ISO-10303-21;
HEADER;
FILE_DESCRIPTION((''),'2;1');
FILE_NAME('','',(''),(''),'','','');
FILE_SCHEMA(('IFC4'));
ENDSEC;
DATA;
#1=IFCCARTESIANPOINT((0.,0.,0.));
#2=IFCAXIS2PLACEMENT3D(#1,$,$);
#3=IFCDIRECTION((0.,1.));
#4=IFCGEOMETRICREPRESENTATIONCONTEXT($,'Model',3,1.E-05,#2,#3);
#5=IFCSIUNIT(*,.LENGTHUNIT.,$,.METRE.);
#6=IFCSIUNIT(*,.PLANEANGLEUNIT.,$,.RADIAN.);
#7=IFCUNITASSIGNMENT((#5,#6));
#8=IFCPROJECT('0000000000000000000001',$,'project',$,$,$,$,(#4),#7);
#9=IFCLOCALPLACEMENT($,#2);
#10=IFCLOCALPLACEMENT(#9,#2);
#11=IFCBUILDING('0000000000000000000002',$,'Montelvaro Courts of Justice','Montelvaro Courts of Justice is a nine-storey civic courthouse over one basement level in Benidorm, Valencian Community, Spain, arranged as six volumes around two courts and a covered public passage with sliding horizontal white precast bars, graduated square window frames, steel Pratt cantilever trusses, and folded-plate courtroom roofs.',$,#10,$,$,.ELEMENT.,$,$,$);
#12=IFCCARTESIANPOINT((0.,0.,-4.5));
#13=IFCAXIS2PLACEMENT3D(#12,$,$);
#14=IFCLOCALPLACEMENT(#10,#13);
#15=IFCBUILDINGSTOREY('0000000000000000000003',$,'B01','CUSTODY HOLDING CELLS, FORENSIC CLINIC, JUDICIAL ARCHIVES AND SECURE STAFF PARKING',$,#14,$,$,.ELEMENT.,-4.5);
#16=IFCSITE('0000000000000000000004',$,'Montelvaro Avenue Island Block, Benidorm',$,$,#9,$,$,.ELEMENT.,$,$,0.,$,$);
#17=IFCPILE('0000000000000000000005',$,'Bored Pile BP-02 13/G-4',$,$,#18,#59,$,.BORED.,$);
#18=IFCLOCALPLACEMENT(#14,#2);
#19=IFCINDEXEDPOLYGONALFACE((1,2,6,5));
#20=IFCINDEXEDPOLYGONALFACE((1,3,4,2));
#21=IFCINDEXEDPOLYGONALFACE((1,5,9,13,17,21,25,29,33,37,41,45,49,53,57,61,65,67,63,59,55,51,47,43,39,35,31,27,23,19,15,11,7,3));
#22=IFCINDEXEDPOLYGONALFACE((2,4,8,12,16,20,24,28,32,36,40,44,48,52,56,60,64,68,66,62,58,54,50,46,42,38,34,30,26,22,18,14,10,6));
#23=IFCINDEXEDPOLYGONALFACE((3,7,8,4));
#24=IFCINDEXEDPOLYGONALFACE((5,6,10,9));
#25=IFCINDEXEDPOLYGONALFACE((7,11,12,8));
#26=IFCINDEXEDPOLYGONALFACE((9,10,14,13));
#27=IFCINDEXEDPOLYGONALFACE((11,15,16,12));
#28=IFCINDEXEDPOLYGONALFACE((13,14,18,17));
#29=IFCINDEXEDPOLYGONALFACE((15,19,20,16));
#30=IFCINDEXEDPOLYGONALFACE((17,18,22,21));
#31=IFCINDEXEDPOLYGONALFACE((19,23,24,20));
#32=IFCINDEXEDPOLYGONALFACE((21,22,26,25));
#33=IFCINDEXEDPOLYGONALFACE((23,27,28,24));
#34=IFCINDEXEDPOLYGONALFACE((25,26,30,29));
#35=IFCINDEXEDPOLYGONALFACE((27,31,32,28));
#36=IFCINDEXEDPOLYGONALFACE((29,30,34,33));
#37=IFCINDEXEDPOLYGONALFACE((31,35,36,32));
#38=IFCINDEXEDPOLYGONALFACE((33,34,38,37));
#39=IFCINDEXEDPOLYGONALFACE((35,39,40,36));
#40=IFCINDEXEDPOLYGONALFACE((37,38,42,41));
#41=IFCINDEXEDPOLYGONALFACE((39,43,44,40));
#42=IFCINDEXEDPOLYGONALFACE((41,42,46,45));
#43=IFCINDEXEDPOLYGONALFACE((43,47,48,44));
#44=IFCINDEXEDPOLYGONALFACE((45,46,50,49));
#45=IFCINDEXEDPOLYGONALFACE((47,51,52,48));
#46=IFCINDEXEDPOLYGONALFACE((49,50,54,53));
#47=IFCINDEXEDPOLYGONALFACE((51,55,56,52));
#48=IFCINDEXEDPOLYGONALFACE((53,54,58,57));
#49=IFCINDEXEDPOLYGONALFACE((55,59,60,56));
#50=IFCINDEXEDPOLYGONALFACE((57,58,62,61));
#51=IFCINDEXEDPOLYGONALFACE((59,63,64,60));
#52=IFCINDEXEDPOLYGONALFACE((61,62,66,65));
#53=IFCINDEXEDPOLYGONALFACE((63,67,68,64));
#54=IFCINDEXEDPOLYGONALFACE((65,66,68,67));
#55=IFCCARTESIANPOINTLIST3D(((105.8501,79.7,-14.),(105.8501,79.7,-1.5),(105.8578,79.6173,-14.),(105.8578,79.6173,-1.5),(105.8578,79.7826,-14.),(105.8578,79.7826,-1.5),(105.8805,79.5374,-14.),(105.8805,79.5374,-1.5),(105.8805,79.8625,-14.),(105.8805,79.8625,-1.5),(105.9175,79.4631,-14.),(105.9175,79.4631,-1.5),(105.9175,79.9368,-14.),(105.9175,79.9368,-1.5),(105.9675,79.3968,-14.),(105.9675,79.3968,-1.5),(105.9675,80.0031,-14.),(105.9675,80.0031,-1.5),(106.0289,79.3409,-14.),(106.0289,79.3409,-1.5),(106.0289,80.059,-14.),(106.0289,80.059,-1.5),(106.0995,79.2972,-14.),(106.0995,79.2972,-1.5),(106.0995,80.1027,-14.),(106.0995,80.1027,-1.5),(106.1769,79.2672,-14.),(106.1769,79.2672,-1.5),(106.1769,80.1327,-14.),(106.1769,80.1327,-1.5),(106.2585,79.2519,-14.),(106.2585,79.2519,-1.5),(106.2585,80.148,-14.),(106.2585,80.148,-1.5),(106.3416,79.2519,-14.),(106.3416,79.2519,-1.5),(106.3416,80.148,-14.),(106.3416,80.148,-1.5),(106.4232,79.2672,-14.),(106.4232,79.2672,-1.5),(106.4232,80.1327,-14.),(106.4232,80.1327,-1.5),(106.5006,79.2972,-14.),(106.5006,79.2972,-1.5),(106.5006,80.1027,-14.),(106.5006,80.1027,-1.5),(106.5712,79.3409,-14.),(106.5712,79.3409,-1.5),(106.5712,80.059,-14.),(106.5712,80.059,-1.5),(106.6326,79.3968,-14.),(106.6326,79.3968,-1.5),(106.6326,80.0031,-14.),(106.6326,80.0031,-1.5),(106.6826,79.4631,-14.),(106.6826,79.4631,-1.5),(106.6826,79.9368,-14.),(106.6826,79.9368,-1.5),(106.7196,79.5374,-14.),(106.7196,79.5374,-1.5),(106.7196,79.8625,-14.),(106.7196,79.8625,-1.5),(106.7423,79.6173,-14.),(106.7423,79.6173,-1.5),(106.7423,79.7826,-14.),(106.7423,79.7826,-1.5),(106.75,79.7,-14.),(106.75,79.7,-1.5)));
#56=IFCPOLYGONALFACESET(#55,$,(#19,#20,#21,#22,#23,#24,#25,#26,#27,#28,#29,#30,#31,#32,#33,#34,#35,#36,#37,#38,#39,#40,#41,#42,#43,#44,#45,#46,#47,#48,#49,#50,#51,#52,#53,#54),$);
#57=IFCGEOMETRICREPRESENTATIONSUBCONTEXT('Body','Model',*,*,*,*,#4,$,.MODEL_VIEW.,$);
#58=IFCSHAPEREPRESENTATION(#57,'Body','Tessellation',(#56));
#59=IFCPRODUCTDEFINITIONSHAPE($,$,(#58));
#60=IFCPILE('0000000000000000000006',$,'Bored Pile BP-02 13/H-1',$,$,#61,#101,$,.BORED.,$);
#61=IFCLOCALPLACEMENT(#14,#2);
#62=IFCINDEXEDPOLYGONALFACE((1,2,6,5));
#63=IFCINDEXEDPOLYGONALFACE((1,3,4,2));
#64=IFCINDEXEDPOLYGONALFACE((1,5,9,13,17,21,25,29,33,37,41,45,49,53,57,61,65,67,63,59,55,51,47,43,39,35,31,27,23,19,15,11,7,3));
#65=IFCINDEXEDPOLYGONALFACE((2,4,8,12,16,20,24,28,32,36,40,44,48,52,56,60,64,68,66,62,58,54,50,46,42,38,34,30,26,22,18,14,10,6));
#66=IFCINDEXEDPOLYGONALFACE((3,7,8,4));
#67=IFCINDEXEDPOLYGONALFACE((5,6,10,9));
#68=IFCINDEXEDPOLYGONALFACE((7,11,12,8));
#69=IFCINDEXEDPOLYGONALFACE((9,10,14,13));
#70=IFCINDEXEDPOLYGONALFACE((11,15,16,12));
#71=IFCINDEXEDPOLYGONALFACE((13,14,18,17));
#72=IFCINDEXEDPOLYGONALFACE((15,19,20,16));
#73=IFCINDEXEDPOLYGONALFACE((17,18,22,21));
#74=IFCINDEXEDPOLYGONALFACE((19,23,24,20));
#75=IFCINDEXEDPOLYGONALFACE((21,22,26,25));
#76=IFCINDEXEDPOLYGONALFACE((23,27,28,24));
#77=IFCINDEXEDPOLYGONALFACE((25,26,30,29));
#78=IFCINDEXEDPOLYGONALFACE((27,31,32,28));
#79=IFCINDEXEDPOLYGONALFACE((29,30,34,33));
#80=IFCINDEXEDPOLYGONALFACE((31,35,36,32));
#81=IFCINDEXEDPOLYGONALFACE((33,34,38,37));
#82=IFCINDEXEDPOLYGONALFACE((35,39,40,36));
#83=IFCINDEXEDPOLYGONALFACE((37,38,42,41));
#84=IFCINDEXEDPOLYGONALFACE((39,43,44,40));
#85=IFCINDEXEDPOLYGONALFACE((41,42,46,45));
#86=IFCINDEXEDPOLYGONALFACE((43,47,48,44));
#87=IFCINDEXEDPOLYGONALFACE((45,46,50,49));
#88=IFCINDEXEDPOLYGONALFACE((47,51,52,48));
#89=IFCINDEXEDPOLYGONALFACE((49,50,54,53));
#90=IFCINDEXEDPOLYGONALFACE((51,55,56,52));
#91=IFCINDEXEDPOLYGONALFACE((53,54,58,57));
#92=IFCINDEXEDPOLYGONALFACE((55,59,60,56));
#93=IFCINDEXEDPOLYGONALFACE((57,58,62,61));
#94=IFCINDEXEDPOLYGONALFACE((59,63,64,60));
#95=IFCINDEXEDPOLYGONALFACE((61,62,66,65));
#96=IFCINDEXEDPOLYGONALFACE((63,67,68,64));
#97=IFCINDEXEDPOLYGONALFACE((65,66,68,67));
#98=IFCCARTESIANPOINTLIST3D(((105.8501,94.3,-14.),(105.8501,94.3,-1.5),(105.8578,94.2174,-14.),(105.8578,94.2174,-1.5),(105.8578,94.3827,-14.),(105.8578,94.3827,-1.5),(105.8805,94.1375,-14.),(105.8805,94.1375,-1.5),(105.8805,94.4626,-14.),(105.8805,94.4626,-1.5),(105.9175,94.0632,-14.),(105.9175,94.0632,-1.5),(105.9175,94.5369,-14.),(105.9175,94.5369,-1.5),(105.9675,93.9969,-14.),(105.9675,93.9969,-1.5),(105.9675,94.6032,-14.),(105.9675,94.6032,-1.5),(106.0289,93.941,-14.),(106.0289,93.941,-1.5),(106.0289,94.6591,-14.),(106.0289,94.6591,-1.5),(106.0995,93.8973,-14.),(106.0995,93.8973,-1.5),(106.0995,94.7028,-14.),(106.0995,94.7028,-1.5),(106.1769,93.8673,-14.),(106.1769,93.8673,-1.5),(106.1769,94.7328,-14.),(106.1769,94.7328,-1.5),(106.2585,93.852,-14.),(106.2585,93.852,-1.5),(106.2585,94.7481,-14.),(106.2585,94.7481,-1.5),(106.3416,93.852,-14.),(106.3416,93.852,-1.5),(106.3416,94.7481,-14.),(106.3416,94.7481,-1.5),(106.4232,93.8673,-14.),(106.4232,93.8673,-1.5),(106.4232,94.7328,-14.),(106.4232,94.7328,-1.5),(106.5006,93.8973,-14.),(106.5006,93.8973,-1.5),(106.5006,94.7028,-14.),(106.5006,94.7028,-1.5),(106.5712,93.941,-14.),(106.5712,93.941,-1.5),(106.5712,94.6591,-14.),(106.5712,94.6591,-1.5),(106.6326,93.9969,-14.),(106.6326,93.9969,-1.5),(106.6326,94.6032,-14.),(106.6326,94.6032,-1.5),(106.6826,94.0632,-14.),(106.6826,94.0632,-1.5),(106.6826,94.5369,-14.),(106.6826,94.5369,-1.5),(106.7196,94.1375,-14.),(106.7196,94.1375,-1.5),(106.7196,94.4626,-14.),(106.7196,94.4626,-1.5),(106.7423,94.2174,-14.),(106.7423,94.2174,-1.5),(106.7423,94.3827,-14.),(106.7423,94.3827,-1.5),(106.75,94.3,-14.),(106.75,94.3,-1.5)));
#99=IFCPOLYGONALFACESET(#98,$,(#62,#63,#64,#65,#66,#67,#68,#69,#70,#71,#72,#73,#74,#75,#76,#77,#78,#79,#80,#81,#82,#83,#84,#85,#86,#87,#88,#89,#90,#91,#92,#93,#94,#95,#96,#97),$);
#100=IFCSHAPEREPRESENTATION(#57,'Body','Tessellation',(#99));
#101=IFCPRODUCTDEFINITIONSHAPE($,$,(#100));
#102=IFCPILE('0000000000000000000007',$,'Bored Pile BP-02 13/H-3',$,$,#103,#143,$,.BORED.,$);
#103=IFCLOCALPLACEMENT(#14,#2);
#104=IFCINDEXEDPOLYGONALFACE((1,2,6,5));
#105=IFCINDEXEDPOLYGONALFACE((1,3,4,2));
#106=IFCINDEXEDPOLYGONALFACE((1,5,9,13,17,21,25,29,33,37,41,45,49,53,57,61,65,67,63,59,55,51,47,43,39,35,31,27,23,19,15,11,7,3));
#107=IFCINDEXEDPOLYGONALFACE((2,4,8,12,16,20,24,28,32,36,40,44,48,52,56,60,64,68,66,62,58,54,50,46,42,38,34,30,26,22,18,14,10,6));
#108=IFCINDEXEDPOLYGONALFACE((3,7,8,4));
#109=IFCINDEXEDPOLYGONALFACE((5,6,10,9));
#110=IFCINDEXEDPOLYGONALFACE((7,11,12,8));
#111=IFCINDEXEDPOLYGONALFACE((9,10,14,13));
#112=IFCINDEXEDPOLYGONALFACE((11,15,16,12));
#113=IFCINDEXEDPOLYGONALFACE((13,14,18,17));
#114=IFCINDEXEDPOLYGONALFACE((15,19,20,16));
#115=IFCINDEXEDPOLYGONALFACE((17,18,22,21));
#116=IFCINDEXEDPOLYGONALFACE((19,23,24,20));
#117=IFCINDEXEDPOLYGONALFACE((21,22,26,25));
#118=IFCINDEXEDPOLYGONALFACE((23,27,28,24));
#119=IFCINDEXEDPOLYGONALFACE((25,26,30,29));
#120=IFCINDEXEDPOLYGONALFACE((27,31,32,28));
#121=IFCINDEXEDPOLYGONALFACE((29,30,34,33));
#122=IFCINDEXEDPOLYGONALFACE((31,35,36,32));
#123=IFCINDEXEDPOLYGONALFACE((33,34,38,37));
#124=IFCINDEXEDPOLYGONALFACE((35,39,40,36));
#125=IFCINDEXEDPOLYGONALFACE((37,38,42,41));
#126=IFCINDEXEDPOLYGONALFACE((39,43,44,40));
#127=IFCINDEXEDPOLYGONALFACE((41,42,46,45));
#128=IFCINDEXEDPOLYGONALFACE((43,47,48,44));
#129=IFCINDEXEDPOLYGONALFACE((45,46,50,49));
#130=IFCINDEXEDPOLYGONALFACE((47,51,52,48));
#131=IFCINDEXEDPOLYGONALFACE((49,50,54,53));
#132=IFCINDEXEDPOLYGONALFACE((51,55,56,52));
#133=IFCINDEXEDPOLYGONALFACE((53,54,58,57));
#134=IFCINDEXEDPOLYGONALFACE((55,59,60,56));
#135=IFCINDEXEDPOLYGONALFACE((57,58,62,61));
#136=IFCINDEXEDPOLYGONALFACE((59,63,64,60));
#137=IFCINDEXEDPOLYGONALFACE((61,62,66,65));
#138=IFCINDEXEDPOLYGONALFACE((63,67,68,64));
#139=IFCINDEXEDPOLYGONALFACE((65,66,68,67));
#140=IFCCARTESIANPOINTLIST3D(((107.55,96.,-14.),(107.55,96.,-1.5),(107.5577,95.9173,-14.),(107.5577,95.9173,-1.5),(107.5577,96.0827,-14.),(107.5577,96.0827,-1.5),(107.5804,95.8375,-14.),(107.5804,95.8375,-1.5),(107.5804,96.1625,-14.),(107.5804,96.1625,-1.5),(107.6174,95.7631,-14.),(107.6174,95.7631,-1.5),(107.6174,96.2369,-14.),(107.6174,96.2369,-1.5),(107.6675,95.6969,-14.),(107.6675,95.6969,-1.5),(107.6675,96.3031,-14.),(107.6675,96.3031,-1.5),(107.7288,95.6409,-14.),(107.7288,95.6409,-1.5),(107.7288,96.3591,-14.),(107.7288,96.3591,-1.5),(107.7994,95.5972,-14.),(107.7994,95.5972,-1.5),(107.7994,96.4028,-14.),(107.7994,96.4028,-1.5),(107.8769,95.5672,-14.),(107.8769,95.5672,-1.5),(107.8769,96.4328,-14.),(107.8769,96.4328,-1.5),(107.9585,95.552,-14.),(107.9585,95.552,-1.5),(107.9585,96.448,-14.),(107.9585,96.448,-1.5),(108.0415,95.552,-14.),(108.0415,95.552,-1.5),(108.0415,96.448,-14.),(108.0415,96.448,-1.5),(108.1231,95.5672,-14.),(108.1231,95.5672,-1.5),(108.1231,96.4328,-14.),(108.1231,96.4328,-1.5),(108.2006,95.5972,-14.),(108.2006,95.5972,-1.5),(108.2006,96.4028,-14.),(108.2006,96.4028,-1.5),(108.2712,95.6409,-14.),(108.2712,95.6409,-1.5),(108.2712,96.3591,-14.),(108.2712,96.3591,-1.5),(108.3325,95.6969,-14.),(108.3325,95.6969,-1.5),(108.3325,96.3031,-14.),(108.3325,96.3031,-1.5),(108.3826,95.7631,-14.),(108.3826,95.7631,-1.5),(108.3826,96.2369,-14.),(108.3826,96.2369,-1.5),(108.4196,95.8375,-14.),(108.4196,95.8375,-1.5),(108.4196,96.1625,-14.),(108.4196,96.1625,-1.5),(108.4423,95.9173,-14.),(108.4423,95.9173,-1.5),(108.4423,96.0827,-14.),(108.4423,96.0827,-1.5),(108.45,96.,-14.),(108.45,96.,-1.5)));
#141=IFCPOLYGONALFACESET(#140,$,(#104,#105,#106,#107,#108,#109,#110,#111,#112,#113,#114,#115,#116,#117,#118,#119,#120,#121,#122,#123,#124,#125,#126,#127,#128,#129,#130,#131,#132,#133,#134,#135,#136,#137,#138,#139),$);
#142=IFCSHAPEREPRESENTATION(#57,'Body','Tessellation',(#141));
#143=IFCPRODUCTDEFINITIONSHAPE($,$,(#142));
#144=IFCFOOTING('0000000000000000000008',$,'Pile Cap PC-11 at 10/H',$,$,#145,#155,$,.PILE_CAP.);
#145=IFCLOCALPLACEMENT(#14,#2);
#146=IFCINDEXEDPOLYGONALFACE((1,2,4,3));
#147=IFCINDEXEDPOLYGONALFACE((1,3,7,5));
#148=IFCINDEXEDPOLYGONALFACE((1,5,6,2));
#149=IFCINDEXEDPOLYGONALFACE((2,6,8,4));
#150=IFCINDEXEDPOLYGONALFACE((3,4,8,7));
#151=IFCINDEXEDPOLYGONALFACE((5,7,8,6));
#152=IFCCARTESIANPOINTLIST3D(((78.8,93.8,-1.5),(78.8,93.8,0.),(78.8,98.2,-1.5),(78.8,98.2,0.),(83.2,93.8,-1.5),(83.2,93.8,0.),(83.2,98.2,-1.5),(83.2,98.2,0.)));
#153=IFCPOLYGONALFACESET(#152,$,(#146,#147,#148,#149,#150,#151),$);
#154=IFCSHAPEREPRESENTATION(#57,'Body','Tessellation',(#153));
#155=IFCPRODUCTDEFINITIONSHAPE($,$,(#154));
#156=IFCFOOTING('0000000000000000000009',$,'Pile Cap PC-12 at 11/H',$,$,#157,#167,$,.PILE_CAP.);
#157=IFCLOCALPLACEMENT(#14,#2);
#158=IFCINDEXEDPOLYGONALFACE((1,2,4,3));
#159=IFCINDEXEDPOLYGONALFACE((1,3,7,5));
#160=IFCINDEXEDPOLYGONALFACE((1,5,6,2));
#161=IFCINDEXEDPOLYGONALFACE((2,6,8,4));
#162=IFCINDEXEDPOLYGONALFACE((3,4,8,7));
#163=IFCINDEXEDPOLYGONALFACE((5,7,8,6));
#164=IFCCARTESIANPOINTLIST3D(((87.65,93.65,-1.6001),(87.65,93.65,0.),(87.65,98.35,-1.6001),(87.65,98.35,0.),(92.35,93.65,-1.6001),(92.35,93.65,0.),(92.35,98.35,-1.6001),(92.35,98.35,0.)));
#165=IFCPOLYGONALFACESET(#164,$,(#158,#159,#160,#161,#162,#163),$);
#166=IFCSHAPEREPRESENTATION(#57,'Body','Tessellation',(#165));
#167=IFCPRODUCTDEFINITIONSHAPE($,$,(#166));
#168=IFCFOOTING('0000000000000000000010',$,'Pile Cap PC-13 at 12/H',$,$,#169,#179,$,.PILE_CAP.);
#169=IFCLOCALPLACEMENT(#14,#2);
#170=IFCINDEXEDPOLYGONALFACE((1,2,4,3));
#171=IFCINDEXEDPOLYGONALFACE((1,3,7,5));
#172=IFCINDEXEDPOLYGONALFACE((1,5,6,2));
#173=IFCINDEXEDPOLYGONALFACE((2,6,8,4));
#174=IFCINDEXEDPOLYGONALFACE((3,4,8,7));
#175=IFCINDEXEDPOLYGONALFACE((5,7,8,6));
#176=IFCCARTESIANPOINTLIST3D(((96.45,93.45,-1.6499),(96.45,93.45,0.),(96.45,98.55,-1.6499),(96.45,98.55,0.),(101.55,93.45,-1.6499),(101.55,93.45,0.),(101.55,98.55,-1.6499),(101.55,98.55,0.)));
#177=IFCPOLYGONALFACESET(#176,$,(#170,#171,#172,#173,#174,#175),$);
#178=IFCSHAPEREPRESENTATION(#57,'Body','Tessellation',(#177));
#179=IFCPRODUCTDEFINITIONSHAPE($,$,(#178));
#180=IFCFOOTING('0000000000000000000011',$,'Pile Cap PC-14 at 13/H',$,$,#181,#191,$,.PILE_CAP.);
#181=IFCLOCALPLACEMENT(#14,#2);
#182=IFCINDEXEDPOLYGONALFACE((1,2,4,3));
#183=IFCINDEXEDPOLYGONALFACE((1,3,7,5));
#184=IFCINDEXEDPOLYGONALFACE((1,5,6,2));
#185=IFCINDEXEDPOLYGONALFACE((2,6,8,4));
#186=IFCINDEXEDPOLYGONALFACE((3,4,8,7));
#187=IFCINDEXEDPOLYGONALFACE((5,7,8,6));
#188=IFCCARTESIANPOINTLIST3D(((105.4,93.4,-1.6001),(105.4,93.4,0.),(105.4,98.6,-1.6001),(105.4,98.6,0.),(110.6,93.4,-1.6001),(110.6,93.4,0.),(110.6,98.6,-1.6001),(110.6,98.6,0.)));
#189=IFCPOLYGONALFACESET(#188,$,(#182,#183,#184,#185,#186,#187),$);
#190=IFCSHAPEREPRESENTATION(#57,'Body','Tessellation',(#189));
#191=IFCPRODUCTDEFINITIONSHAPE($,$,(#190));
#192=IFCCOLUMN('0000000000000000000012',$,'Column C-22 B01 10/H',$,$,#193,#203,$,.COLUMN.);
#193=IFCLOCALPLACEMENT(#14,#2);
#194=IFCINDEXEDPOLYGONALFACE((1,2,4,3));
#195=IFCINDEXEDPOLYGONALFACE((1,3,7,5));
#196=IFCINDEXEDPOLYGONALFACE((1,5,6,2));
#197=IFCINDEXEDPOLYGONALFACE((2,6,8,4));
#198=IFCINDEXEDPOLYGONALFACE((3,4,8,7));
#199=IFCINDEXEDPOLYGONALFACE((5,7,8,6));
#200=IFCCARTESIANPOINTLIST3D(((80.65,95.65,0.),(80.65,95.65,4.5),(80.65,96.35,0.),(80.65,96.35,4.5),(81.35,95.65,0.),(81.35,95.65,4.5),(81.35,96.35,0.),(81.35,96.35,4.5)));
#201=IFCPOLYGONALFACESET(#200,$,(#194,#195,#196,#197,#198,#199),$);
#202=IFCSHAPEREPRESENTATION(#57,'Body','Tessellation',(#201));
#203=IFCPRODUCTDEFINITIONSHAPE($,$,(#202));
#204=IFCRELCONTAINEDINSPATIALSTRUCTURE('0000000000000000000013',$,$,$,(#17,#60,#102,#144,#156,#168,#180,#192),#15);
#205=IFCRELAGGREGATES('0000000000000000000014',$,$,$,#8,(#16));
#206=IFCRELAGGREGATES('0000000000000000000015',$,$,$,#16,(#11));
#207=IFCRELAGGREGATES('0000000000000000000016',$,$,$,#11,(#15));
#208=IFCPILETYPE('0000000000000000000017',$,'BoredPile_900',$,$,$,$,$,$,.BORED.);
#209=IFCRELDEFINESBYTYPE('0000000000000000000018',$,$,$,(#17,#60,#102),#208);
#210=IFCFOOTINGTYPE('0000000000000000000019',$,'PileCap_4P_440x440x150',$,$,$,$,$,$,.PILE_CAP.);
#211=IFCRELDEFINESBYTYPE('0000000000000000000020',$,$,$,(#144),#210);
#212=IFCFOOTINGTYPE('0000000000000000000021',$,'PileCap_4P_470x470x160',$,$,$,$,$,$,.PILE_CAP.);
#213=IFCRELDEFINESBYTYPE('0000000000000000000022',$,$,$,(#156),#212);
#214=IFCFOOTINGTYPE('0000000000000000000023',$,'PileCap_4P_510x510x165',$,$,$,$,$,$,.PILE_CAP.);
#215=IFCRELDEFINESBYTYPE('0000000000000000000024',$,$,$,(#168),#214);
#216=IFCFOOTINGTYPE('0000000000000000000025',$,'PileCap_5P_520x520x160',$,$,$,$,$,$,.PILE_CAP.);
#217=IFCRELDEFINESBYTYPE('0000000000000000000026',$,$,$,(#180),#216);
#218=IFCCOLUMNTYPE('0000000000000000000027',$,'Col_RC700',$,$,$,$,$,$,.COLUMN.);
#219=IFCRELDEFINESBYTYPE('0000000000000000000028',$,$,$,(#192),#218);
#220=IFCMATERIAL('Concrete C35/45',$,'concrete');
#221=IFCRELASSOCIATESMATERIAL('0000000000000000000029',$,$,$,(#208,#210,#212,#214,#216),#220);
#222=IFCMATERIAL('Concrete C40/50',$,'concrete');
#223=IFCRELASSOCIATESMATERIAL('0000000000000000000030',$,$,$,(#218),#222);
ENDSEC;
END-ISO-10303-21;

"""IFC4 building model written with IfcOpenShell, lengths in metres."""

from ifc_helpers import new_model, si_unit, direction, frame, origin, origin_2d, place, context, subcontext, project, spatial, rectangle, circle, extrude, material, material_profile, profile_set, type_object, element, save


model = new_model("IFC4")

# Units and contexts
model_context = context("Model", 3, precision=1e-05, world=origin(), true_north=direction((0.0, 1.0)))
body_context = subcontext(model_context, "Body", "Model", "MODEL_VIEW")
ifc_project = project(units=[si_unit("LENGTHUNIT", "METRE"), si_unit("PLANEANGLEUNIT", "RADIAN")], contexts=[model_context])

# Site, building, storey
site_placement = place(None, origin())
site = spatial("IfcSite", under=ifc_project, at=site_placement, Name="Montelvaro Avenue Island Block, Benidorm", CompositionType="ELEMENT", RefElevation=0.0)
building_placement = place(site_placement, origin())
building = spatial("IfcBuilding", under=site, at=building_placement, Name="Montelvaro Courts of Justice", Description="Montelvaro Courts of Justice is a nine-storey civic courthouse over one basement level in Benidorm, Valencian Community, Spain, arranged as six volumes around two courts and a covered public passage with sliding horizontal white precast bars, graduated square window frames, steel Pratt cantilever trusses, and folded-plate courtroom roofs.", CompositionType="ELEMENT")
storey_placement = place(building_placement, frame((0.0, 0.0, -4.5)))
storey = spatial("IfcBuildingStorey", under=building, at=storey_placement, Name="B01", Description="CUSTODY HOLDING CELLS, FORENSIC CLINIC, JUDICIAL ARCHIVES AND SECURE STAFF PARKING", CompositionType="ELEMENT", Elevation=-4.5)

# Piles
ifc_material_1 = material(Name="Concrete C35/45", Category="concrete")
ifc_material_profile_1 = material_profile(ifc_material_1, circle(Radius=0.45, at=origin_2d()), Name="BORED PILE D900")
ifc_profile_set_1 = profile_set([ifc_material_profile_1], Name="Concrete C35/45")
pile_type_1 = type_object("IfcPileType", Name="BoredPile_900", PredefinedType="BORED", material=ifc_profile_set_1)
for number, where, z_axis, x_axis, name in (
    (1, (106.3, 79.7, -1.5), (0.0, 0.0, -1.0), (1.0, 0.0, 0.0), "Bored Pile BP-02 13/G-4"),
    (2, (106.3, 94.3, -1.5), (0.0, 0.0, -1.0), (1.0, 0.0, 0.0), "Bored Pile BP-02 13/H-1"),
    (3, (108.0, 96.0, -1.5), (0.0, 0.0, -1.0), (1.0, 0.0, 0.0), "Bored Pile BP-02 13/H-3"),
):
    element("IfcPile", number, at=place(storey_placement, frame(where, z_axis=z_axis, x_axis=x_axis)), inside=storey, type_object=pile_type_1, Name=name, PredefinedType="BORED", context=body_context, shape_type="SweptSolid", body=[
        extrude(circle(Radius=0.45, at=origin_2d()), origin(), (0.0, 0.0, 1.0), 12.5),
    ])

# Footings
footing_type_1 = type_object("IfcFootingType", Name="PileCap_4P_440x440x150", PredefinedType="PILE_CAP", material=ifc_material_1)
footing_1_placement = place(storey_placement, frame((81.0, 96.0, -1.5), z_axis=(0.0, 0.0, 1.0), x_axis=(1.0, 0.0, 0.0)))
element("IfcFooting", 4, at=footing_1_placement, inside=storey, type_object=footing_type_1, Name="Pile Cap PC-11 at 10/H", PredefinedType="PILE_CAP", context=body_context, shape_type="SweptSolid", body=[
    extrude(rectangle(XDim=4.3999, YDim=4.3999, at=origin_2d()), origin(), (0.0, 0.0, 1.0), 1.5),
])
footing_type_2 = type_object("IfcFootingType", Name="PileCap_4P_470x470x160", PredefinedType="PILE_CAP", material=ifc_material_1)
footing_2_placement = place(storey_placement, frame((90.0, 96.0, -1.6001), z_axis=(0.0, 0.0, 1.0), x_axis=(1.0, 0.0, 0.0)))
element("IfcFooting", 5, at=footing_2_placement, inside=storey, type_object=footing_type_2, Name="Pile Cap PC-12 at 11/H", PredefinedType="PILE_CAP", context=body_context, shape_type="SweptSolid", body=[
    extrude(rectangle(XDim=4.7, YDim=4.7, at=origin_2d()), origin(), (0.0, 0.0, 1.0), 1.6001),
])
footing_type_3 = type_object("IfcFootingType", Name="PileCap_4P_510x510x165", PredefinedType="PILE_CAP", material=ifc_material_1)
footing_3_placement = place(storey_placement, frame((99.0, 96.0, -1.6499), z_axis=(0.0, 0.0, 1.0), x_axis=(1.0, 0.0, 0.0)))
element("IfcFooting", 6, at=footing_3_placement, inside=storey, type_object=footing_type_3, Name="Pile Cap PC-13 at 12/H", PredefinedType="PILE_CAP", context=body_context, shape_type="SweptSolid", body=[
    extrude(rectangle(XDim=5.1001, YDim=5.1001, at=origin_2d()), origin(), (0.0, 0.0, 1.0), 1.6499),
])
footing_type_4 = type_object("IfcFootingType", Name="PileCap_5P_520x520x160", PredefinedType="PILE_CAP", material=ifc_material_1)
footing_4_placement = place(storey_placement, frame((108.0, 96.0, -1.6001), z_axis=(0.0, 0.0, 1.0), x_axis=(1.0, 0.0, 0.0)))
element("IfcFooting", 7, at=footing_4_placement, inside=storey, type_object=footing_type_4, Name="Pile Cap PC-14 at 13/H", PredefinedType="PILE_CAP", context=body_context, shape_type="SweptSolid", body=[
    extrude(rectangle(XDim=5.2, YDim=5.2, at=origin_2d()), origin(), (0.0, 0.0, 1.0), 1.6001),
])

# Column
ifc_material_2 = material(Name="Concrete C40/50", Category="concrete")
ifc_material_profile_2 = material_profile(ifc_material_2, rectangle(XDim=0.7, YDim=0.7, at=origin_2d()), Name="RC 700x700")
ifc_profile_set_2 = profile_set([ifc_material_profile_2], Name="Concrete C40/50")
column_type = type_object("IfcColumnType", Name="Col_RC700", PredefinedType="COLUMN", material=ifc_profile_set_2)
for number, where, z_axis, x_axis, name in (
    (8, (81.0, 96.0, 0.0), (0.0, 0.0, 1.0), (1.0, 0.0, 0.0), "Column C-22 B01 10/H"),
):
    element("IfcColumn", number, at=place(storey_placement, frame(where, z_axis=z_axis, x_axis=x_axis)), inside=storey, type_object=column_type, Name=name, PredefinedType="COLUMN", context=body_context, shape_type="SweptSolid", body=[
        extrude(rectangle(XDim=0.7, YDim=0.7, at=origin_2d()), origin(), (0.0, 0.0, 1.0), 4.5),
    ])

save(model, "model.ifc")
